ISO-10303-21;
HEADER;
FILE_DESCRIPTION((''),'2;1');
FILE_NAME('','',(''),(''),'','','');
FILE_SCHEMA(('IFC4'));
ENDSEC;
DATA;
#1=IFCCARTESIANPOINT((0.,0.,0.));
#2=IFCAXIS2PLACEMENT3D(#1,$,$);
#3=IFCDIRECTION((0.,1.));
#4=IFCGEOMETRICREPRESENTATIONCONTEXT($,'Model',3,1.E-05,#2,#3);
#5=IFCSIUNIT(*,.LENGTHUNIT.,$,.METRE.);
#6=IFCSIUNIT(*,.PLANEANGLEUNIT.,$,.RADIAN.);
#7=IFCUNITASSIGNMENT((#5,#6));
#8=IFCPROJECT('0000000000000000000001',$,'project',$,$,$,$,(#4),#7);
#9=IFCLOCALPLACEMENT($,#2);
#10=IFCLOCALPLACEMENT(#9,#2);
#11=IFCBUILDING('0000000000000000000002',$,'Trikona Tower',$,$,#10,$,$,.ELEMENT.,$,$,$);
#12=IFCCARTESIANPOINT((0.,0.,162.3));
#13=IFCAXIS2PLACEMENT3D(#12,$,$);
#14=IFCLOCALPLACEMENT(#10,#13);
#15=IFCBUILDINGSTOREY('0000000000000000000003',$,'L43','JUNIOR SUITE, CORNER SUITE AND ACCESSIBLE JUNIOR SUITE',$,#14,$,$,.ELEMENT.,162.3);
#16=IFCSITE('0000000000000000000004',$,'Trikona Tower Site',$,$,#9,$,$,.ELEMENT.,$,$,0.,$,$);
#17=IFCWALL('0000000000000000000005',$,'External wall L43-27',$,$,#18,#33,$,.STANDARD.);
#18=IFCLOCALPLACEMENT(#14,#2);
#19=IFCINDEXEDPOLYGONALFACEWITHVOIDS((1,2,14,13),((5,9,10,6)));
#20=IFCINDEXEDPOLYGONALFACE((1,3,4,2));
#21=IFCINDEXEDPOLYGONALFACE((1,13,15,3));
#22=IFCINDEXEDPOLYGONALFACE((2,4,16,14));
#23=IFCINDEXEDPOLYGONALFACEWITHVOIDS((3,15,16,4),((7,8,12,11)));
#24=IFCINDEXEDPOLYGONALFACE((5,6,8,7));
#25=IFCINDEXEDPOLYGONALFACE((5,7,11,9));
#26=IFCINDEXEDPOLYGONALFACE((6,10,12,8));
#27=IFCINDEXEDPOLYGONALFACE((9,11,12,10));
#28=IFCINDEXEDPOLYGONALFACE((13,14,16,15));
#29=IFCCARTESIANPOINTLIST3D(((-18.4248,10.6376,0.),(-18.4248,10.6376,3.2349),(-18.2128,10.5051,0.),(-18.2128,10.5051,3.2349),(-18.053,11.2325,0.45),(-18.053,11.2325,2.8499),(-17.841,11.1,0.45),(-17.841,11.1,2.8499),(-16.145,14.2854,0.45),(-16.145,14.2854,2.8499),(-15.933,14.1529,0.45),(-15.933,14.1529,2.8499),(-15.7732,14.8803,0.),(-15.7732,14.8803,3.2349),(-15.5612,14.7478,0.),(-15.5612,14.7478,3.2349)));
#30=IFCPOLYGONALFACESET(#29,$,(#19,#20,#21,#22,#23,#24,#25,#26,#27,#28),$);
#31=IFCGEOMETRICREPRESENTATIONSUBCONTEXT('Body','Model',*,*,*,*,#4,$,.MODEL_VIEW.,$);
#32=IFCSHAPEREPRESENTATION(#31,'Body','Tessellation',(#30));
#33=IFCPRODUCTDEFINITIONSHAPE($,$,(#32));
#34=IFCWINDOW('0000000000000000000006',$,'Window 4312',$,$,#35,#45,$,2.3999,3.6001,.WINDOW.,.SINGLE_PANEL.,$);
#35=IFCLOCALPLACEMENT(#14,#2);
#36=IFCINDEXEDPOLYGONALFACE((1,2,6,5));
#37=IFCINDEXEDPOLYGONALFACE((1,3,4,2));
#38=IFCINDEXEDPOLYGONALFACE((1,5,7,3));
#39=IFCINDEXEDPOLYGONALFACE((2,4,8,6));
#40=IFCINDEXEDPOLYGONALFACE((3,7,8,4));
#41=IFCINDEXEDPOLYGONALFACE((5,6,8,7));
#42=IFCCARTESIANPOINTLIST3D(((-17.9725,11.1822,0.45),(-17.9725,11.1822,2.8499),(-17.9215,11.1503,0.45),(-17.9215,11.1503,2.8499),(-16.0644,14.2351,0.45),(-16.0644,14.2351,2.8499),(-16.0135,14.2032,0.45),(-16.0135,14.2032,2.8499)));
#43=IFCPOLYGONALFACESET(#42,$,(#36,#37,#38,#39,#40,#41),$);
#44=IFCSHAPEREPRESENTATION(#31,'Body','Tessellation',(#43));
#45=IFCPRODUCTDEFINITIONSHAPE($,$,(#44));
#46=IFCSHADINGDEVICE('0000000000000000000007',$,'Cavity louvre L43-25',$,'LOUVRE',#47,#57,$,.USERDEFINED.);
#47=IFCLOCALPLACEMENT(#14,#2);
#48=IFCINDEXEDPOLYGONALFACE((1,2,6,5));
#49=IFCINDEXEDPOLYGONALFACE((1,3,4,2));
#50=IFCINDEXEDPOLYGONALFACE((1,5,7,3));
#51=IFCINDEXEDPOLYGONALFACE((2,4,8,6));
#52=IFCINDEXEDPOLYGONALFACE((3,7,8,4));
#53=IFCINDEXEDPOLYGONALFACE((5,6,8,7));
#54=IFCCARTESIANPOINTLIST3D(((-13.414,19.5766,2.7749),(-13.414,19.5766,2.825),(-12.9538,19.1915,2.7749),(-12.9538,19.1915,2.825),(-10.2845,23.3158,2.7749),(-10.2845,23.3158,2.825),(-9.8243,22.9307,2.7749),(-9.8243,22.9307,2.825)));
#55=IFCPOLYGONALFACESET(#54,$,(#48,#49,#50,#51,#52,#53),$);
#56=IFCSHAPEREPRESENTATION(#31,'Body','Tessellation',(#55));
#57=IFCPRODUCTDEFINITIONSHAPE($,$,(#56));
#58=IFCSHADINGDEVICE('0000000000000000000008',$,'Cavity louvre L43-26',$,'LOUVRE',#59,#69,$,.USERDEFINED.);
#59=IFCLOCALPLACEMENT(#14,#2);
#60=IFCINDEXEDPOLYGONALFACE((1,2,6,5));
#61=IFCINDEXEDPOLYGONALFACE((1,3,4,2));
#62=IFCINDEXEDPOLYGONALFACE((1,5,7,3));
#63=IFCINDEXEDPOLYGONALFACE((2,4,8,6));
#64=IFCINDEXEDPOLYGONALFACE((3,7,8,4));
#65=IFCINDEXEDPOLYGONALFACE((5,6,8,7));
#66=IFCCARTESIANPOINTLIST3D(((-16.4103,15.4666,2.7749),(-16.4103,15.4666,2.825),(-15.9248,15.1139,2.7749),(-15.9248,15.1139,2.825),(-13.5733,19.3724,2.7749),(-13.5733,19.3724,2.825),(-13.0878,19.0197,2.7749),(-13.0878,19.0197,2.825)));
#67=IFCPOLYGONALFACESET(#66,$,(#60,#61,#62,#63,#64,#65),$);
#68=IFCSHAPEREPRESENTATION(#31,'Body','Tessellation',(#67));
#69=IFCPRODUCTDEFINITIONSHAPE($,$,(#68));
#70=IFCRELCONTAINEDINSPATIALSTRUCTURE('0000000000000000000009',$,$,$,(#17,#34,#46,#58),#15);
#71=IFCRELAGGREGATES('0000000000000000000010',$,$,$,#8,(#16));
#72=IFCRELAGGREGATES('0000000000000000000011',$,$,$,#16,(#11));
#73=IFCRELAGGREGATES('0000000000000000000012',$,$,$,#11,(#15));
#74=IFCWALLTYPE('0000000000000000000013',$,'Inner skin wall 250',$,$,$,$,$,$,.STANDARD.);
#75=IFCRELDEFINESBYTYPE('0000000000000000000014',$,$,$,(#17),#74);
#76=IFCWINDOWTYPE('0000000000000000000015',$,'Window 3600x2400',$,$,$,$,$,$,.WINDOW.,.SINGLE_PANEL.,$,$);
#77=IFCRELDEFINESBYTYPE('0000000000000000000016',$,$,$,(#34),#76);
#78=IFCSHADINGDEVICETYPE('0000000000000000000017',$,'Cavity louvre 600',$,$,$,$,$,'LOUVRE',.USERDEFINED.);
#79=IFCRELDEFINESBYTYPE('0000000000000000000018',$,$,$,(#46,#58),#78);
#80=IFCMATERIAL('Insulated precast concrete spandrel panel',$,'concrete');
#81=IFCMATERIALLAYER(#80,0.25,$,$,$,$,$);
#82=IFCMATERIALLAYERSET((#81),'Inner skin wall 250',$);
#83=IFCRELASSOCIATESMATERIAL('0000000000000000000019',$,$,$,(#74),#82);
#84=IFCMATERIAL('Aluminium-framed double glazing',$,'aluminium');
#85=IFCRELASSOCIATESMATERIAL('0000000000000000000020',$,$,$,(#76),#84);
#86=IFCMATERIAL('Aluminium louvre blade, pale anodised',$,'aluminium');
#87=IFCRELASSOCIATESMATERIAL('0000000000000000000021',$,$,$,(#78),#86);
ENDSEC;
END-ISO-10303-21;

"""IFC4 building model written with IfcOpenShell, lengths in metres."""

from ifc_helpers import new_model, si_unit, direction, frame, frame_2d, origin, origin_2d, place, context, subcontext, project, spatial, rectangle, extrude, material, layer, layer_set, type_object, element, fill, save


model = new_model("IFC4")

# Units and contexts
model_context = context("Model", 3, precision=1e-05, world=origin(), true_north=direction((0.0, 1.0)))
body_context = subcontext(model_context, "Body", "Model", "MODEL_VIEW")
ifc_project = project(units=[si_unit("LENGTHUNIT", "METRE"), si_unit("PLANEANGLEUNIT", "RADIAN")], contexts=[model_context])

# Site, building, storey
site_placement = place(None, origin())
site = spatial("IfcSite", under=ifc_project, at=site_placement, Name="Trikona Tower Site", CompositionType="ELEMENT", RefElevation=0.0)
building_placement = place(site_placement, origin())
building = spatial("IfcBuilding", under=site, at=building_placement, Name="Trikona Tower", CompositionType="ELEMENT")
storey_placement = place(building_placement, frame((0.0, 0.0, 162.3)))
storey = spatial("IfcBuildingStorey", under=building, at=storey_placement, Name="L43", Description="JUNIOR SUITE, CORNER SUITE AND ACCESSIBLE JUNIOR SUITE", CompositionType="ELEMENT", Elevation=162.3)

# Wall, opening, window
ifc_material_1 = material(Name="Insulated precast concrete spandrel panel", Category="concrete")
ifc_layer_1 = layer(ifc_material_1, 0.25)
ifc_layer_set_1 = layer_set([ifc_layer_1], Name="Inner skin wall 250")
wall_type = type_object("IfcWallType", Name="Inner skin wall 250", PredefinedType="STANDARD", material=ifc_layer_set_1)
ifc_material_2 = material(Name="Aluminium-framed double glazing", Category="aluminium")
window_type = type_object("IfcWindowType", Name="Window 3600x2400", PartitioningType="SINGLE_PANEL", PredefinedType="WINDOW", material=ifc_material_2)
wall_1_placement = place(storey_placement, frame((-15.6672, 14.814, 0.0), z_axis=(0.0, 0.0, 1.0), x_axis=(-0.52999, -0.848004, 0.0)))
wall_1 = element("IfcWall", 1, at=wall_1_placement, inside=storey, type_object=wall_type, Name="External wall L43-27", PredefinedType="STANDARD", context=body_context, shape_type="SweptSolid", body=[
    extrude(rectangle(XDim=5.0032, YDim=0.25, at=frame_2d((2.5015, 0.0))), origin(), (0.0, 0.0, 1.0), 3.2349),
])
opening_1_placement = place(wall_1_placement, frame((0.7014, 0.0, 0.45)))
opening_1 = element("IfcOpeningElement", 2, at=opening_1_placement, cuts=wall_1, PredefinedType="OPENING", context=body_context, shape_type="SweptSolid", body=[
    extrude(rectangle(XDim=3.6001, YDim=2.3999, at=frame_2d((1.8, 1.2))), frame((0.0, 0.135, 0.0), z_axis=(0.0, -1.0, 0.0), x_axis=(1.0, 0.0, 0.0)), (0.0, 0.0, 1.0), 0.27),
])
window_1_placement = place(opening_1_placement, origin())
window_1 = element("IfcWindow", 3, at=window_1_placement, inside=storey, type_object=window_type, Name="Window 4312", OverallHeight=2.3999, OverallWidth=3.6001, PartitioningType="SINGLE_PANEL", PredefinedType="WINDOW", context=body_context, shape_type="SweptSolid", body=[
    extrude(rectangle(XDim=3.6001, YDim=2.3999, at=frame_2d((1.8, 1.2))), frame((0.0, 0.03, 0.0), z_axis=(0.0, -1.0, 0.0), x_axis=(1.0, 0.0, 0.0)), (0.0, 0.0, 1.0), 0.0601),
])
fill(opening_1, window_1)

# Shading devices
ifc_material_3 = material(Name="Aluminium louvre blade, pale anodised", Category="aluminium")
shading_device_type = type_object("IfcShadingDeviceType", Name="Cavity louvre 600", ElementType="LOUVRE", PredefinedType="USERDEFINED", material=ifc_material_3)
shading_device_1_placement = place(storey_placement, frame((-11.6191, 21.2537, 2.7749), z_axis=(0.0, 0.0, 1.0), x_axis=(-0.641807, -0.766866, 0.0)))
element("IfcShadingDevice", 4, at=shading_device_1_placement, inside=storey, type_object=shading_device_type, Name="Cavity louvre L43-25", ObjectType="LOUVRE", PredefinedType="USERDEFINED", context=body_context, shape_type="SweptSolid", body=[
    extrude(rectangle(XDim=4.876, YDim=0.6001, at=origin_2d()), origin(), (0.0, 0.0, 1.0), 0.05),
])
shading_device_2_placement = place(storey_placement, frame((-14.749, 17.2432, 2.7749), z_axis=(0.0, 0.0, 1.0), x_axis=(-0.587686, -0.809089, 0.0)))
element("IfcShadingDevice", 5, at=shading_device_2_placement, inside=storey, type_object=shading_device_type, Name="Cavity louvre L43-26", ObjectType="LOUVRE", PredefinedType="USERDEFINED", context=body_context, shape_type="SweptSolid", body=[
    extrude(rectangle(XDim=4.8274, YDim=0.6001, at=origin_2d()), origin(), (0.0, 0.0, 1.0), 0.05),
])

save(model, "model.ifc")
